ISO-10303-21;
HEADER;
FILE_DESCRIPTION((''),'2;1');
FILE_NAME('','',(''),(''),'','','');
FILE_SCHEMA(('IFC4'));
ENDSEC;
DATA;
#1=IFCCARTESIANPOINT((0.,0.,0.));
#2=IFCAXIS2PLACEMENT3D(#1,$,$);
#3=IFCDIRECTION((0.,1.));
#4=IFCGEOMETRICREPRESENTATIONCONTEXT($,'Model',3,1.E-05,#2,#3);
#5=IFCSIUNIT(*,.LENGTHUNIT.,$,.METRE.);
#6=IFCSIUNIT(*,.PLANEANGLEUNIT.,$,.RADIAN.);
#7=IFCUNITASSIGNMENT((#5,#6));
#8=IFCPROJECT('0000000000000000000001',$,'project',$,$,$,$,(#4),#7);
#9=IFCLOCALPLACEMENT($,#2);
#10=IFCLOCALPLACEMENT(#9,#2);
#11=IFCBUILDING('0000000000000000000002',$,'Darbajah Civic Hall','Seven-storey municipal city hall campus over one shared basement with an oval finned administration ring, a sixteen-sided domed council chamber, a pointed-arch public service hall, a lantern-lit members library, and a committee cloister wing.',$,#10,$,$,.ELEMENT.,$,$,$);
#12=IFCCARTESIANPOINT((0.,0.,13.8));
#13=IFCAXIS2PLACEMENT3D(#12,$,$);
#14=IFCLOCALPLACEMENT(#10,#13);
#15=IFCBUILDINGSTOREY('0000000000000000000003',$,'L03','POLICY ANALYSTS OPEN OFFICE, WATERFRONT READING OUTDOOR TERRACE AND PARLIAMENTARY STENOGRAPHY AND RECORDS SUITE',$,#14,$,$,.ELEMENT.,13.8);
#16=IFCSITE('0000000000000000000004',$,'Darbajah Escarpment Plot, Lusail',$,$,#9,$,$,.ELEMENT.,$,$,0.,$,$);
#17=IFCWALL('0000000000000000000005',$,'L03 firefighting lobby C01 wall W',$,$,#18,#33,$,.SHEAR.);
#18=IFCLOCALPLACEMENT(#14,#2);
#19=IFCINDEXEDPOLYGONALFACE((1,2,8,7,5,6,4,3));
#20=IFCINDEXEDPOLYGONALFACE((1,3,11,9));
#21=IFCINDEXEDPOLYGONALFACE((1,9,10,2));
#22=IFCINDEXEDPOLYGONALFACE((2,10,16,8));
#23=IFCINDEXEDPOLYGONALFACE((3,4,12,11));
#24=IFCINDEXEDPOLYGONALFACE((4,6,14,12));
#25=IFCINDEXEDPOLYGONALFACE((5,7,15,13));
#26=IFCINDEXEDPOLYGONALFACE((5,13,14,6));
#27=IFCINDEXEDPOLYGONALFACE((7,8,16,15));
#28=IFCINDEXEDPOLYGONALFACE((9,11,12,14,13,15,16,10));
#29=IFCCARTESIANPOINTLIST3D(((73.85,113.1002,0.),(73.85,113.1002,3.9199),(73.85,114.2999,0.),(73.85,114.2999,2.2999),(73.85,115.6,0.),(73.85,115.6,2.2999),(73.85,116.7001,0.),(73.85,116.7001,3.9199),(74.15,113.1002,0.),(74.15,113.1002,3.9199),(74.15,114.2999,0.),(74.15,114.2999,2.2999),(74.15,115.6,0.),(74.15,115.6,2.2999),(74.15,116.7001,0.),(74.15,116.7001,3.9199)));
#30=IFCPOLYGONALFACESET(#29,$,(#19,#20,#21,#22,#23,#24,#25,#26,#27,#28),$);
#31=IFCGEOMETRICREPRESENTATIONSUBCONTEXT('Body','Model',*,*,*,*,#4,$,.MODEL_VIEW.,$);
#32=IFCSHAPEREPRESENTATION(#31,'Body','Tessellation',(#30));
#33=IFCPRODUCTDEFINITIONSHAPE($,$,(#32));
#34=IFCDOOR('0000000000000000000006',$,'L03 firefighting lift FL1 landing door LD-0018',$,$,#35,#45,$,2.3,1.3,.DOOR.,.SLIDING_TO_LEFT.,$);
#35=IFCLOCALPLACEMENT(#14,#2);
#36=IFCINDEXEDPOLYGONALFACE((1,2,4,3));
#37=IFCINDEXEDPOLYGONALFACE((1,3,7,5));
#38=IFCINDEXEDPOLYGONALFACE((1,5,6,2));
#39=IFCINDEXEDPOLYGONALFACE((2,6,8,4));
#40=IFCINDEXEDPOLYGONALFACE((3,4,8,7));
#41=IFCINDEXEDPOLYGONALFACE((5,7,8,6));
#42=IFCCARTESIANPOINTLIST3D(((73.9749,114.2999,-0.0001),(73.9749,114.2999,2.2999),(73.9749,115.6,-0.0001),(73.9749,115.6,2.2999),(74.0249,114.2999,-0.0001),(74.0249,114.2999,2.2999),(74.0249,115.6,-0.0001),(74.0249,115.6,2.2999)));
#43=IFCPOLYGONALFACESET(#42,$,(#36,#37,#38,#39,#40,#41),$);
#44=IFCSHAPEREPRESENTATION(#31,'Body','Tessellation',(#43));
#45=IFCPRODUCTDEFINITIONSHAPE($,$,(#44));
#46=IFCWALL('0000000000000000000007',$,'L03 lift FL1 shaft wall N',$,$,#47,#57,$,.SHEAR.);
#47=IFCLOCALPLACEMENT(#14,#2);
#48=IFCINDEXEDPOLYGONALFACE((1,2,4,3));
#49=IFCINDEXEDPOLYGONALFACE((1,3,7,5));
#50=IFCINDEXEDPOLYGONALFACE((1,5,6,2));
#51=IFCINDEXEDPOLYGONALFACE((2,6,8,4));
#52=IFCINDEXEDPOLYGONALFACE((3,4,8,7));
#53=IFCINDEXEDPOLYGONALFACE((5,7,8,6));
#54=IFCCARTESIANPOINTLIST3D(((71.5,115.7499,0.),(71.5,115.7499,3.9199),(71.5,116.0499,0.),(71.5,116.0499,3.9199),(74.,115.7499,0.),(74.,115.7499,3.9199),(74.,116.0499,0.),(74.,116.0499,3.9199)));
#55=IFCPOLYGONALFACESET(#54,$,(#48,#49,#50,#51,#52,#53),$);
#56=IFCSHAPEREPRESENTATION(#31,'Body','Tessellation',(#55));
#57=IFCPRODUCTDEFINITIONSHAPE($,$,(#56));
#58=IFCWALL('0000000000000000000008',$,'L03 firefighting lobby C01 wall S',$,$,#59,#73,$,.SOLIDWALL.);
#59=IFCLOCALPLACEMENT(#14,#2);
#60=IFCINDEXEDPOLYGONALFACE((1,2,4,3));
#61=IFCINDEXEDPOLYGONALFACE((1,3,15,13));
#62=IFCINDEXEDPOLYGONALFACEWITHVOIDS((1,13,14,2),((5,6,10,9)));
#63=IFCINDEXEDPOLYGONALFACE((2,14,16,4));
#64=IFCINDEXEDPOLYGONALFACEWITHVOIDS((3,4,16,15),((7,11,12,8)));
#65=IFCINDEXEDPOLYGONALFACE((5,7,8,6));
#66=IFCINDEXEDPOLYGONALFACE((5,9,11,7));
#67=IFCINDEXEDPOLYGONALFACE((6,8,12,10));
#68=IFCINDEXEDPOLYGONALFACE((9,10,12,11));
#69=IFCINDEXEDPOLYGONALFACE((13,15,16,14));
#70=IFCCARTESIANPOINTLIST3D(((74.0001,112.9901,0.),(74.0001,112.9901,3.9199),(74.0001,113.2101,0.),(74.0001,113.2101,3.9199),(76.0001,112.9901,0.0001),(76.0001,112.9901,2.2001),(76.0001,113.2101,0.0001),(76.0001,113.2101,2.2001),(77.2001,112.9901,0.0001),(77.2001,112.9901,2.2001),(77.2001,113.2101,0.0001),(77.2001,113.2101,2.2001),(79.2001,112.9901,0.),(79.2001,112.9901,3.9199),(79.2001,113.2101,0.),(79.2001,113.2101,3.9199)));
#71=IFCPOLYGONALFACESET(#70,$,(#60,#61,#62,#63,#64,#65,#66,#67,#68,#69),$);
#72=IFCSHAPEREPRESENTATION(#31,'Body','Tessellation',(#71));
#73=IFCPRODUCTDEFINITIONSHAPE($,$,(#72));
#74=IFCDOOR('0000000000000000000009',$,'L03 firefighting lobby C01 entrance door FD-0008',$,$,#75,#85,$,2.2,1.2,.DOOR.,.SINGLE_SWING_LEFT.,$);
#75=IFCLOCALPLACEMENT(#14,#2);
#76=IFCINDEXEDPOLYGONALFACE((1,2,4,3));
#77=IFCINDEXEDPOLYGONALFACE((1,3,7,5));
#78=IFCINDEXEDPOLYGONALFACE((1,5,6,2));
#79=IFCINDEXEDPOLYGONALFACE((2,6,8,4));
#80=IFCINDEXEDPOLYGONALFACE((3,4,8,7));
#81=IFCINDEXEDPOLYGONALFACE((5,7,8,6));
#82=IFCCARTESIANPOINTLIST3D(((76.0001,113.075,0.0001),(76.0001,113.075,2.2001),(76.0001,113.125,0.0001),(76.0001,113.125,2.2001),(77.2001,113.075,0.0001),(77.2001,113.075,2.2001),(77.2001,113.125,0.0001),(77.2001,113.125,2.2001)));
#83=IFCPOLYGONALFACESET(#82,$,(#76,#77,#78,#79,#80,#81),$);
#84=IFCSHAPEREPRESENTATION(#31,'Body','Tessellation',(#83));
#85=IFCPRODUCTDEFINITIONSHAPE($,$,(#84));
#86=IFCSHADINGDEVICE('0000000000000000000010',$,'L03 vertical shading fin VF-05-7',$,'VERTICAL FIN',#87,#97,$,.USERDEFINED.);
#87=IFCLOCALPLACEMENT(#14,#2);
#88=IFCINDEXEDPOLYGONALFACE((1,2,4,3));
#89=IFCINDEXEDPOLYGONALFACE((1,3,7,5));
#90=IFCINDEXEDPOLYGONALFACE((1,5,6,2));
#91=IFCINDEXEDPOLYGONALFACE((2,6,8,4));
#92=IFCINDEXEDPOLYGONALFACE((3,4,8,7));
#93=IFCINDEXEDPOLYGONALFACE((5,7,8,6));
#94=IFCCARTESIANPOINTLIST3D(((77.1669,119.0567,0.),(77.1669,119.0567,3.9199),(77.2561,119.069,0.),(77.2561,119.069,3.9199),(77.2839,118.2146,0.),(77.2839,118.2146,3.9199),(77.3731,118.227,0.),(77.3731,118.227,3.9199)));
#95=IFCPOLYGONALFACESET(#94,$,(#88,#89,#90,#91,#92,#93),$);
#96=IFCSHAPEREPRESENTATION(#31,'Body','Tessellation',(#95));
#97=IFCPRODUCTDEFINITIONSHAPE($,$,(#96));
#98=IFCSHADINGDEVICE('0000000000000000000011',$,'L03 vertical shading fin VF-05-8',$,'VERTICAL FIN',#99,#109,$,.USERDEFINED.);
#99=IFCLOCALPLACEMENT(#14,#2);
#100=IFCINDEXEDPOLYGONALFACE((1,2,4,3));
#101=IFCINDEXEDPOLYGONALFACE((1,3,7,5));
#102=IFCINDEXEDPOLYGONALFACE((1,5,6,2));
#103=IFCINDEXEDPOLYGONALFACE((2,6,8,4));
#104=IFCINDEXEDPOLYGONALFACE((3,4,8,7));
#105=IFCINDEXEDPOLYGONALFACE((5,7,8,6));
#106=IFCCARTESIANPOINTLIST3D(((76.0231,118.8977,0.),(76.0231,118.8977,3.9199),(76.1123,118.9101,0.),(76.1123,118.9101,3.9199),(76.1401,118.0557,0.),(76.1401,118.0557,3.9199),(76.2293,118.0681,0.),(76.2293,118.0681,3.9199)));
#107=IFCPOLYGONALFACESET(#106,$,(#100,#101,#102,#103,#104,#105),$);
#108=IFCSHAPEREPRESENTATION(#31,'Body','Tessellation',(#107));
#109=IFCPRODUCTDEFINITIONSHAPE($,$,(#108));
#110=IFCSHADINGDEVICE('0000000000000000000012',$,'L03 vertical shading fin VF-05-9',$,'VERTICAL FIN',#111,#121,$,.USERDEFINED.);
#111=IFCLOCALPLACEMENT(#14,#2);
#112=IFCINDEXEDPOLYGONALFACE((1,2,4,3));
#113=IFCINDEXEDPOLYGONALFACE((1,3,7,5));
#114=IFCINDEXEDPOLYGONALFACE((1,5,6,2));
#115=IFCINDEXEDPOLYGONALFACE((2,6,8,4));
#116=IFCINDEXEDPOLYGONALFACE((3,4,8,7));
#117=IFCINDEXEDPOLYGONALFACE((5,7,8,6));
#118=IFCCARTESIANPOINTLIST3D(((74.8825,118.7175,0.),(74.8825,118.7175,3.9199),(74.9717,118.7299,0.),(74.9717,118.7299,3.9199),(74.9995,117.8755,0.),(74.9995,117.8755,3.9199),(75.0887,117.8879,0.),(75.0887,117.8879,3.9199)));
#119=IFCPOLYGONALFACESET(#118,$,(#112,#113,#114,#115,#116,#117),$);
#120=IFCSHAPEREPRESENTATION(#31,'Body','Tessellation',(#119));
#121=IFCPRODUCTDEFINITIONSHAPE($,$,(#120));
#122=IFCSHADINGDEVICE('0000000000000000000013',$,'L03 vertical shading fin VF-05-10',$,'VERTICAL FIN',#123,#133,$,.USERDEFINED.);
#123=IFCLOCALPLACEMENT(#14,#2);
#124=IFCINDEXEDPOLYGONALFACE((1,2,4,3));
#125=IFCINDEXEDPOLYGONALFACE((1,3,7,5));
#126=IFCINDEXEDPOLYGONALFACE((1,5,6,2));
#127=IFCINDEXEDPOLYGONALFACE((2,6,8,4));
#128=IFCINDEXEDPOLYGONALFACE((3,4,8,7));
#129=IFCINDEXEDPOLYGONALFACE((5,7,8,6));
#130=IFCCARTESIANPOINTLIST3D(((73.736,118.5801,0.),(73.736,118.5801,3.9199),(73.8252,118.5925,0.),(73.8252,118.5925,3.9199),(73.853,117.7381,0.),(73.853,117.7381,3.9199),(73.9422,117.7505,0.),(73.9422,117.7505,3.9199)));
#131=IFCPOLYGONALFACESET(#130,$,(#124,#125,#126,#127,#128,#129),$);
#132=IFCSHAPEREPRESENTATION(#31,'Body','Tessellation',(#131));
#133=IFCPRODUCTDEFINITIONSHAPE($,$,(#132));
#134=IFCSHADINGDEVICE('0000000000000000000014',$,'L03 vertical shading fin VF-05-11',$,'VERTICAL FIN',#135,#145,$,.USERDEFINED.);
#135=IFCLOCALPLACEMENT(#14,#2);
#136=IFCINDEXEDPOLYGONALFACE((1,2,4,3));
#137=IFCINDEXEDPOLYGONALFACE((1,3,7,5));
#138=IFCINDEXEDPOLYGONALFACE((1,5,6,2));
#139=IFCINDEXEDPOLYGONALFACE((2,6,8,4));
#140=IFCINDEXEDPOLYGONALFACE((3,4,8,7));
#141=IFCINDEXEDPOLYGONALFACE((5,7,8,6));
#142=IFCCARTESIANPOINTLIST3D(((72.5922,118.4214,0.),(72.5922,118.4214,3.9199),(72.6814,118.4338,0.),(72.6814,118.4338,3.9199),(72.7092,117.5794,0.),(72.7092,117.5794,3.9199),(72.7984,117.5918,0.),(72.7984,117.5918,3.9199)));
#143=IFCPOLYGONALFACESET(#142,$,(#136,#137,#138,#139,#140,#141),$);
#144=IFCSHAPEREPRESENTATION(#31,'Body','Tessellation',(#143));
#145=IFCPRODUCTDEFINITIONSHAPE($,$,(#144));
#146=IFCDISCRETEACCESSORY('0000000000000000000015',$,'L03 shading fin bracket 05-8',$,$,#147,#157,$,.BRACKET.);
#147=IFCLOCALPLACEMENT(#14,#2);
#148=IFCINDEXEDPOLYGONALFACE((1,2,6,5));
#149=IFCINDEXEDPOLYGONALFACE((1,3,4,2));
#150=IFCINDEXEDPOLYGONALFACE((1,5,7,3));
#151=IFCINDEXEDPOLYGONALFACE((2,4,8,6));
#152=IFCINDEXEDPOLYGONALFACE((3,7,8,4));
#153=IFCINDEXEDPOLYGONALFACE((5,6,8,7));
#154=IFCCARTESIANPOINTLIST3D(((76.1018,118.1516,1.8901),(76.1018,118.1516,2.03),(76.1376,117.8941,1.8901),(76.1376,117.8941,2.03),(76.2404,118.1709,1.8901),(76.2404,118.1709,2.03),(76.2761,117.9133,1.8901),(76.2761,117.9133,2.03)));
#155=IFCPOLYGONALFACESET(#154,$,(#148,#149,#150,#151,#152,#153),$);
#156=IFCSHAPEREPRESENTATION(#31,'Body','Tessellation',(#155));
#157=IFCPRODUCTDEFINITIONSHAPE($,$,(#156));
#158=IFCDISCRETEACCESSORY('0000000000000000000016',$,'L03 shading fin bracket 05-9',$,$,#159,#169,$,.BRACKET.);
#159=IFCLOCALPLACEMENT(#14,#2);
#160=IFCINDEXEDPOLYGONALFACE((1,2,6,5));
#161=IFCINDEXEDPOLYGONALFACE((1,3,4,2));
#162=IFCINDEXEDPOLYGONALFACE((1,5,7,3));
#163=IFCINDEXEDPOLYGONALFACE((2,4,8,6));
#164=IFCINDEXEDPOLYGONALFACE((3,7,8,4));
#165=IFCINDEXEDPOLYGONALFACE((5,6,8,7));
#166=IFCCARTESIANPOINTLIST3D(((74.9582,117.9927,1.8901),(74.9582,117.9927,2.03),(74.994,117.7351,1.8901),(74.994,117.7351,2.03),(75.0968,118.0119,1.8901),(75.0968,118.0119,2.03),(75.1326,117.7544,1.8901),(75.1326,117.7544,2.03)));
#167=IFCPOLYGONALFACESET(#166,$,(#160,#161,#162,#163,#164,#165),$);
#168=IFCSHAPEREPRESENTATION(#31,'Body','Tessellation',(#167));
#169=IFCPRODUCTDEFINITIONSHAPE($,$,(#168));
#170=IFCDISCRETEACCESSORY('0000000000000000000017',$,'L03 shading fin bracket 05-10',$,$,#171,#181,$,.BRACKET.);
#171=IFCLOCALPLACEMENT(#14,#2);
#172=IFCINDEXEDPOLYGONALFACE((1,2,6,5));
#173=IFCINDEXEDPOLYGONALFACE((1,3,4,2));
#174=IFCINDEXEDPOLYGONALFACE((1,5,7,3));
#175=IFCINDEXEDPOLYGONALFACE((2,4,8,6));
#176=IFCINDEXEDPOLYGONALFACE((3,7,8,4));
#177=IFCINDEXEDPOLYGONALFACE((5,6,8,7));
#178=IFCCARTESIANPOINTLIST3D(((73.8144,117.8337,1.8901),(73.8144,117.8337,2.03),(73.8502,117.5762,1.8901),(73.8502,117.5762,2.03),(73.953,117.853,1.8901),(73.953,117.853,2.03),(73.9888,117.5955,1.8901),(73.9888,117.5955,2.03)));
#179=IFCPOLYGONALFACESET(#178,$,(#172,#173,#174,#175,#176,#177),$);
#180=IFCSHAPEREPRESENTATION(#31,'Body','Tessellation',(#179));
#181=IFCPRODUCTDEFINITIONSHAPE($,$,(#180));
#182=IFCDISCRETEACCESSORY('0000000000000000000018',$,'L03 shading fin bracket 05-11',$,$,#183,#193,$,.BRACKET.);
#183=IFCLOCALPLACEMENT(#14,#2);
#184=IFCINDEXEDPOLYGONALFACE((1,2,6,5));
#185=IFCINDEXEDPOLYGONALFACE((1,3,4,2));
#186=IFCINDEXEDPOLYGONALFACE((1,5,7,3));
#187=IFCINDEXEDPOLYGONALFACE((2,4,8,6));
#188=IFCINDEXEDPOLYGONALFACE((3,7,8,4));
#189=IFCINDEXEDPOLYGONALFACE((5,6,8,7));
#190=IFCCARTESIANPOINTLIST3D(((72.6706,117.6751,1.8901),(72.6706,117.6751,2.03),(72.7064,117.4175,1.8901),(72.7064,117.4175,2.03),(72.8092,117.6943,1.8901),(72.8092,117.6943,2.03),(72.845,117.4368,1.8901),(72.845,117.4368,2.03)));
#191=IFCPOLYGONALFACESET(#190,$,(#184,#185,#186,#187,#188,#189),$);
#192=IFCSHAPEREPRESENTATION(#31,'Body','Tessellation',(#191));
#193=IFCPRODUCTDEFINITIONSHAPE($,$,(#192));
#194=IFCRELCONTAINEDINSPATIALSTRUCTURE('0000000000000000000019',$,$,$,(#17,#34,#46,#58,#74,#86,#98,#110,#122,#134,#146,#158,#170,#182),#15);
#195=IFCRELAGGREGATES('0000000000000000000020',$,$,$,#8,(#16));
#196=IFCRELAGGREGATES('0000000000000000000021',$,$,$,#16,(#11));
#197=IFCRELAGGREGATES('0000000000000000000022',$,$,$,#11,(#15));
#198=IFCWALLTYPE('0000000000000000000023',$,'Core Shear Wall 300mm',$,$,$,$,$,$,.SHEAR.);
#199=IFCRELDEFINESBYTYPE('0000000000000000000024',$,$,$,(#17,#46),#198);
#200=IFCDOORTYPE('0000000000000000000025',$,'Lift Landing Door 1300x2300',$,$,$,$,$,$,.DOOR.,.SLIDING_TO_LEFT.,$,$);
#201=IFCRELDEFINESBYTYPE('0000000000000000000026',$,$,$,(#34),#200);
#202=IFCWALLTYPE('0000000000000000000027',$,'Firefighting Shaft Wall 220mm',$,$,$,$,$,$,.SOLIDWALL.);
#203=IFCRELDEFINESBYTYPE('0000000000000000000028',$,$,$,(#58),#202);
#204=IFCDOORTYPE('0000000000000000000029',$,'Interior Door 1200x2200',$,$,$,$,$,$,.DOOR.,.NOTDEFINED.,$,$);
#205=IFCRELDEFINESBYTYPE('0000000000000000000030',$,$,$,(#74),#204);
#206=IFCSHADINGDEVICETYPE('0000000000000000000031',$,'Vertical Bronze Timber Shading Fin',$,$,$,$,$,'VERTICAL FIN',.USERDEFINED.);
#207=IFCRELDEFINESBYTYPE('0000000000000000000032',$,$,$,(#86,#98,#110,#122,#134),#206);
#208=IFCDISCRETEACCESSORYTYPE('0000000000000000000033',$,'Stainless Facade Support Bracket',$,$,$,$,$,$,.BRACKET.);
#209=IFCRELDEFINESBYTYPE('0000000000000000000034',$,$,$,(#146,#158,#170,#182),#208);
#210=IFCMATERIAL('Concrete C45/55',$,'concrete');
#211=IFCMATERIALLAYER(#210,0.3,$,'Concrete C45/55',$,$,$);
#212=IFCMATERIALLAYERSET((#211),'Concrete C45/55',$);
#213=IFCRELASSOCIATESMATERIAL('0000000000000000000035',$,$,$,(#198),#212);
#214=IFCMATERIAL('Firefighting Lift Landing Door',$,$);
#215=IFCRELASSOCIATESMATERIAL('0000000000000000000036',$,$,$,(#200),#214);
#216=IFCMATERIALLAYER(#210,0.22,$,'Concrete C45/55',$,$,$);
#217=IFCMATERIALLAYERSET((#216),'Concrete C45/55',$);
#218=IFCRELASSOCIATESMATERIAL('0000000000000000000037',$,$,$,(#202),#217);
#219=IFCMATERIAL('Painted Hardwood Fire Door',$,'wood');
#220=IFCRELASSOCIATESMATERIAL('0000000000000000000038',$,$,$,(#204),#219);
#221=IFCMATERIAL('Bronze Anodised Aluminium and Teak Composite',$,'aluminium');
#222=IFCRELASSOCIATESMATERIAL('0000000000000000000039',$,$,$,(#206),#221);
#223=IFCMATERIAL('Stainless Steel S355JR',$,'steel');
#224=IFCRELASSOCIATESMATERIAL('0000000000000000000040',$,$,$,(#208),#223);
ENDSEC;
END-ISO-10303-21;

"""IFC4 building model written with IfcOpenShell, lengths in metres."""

from ifc_helpers import new_model, si_unit, direction, frame, frame_2d, origin, origin_2d, place, context, subcontext, project, spatial, rectangle, extrude, material, layer, layer_set, type_object, element, fill, save


model = new_model("IFC4")

# Units and contexts
model_context = context("Model", 3, precision=1e-05, world=origin(), true_north=direction((0.0, 1.0)))
body_context = subcontext(model_context, "Body", "Model", "MODEL_VIEW")
ifc_project = project(units=[si_unit("LENGTHUNIT", "METRE"), si_unit("PLANEANGLEUNIT", "RADIAN")], contexts=[model_context])

# Site, building, storey
site_placement = place(None, origin())
site = spatial("IfcSite", under=ifc_project, at=site_placement, Name="Darbajah Escarpment Plot, Lusail", CompositionType="ELEMENT", RefElevation=0.0)
building_placement = place(site_placement, origin())
building = spatial("IfcBuilding", under=site, at=building_placement, Name="Darbajah Civic Hall", Description="Seven-storey municipal city hall campus over one shared basement with an oval finned administration ring, a sixteen-sided domed council chamber, a pointed-arch public service hall, a lantern-lit members library, and a committee cloister wing.", CompositionType="ELEMENT")
storey_placement = place(building_placement, frame((0.0, 0.0, 13.8)))
storey = spatial("IfcBuildingStorey", under=building, at=storey_placement, Name="L03", Description="POLICY ANALYSTS OPEN OFFICE, WATERFRONT READING OUTDOOR TERRACE AND PARLIAMENTARY STENOGRAPHY AND RECORDS SUITE", CompositionType="ELEMENT", Elevation=13.8)

# Shared definitions
ifc_material_1 = material(Name="Concrete C45/55", Category="concrete")

# Wall, opening, door
ifc_layer_1 = layer(ifc_material_1, 0.3, Name="Concrete C45/55")
ifc_layer_set_1 = layer_set([ifc_layer_1], Name="Concrete C45/55")
wall_type_1 = type_object("IfcWallType", Name="Core Shear Wall 300mm", PredefinedType="SHEAR", material=ifc_layer_set_1)
wall_1_placement = place(storey_placement, frame((74.0, 116.7, 0.0), z_axis=(0.0, 0.0, 1.0), x_axis=(0.0, -1.0, 0.0)))
wall_1 = element("IfcWall", 1, at=wall_1_placement, inside=storey, type_object=wall_type_1, Name="L03 firefighting lobby C01 wall W", PredefinedType="SHEAR", context=body_context, shape_type="SweptSolid", body=[
    extrude(rectangle(XDim=3.5999, YDim=0.3, at=frame_2d((1.7998, 0.0))), origin(), (0.0, 0.0, 1.0), 3.9199),
])
opening_1_placement = place(wall_1_placement, frame((1.1001, 0.0, 0.0)))
opening_1 = element("IfcOpeningElement", 2, at=opening_1_placement, cuts=wall_1, PredefinedType="OPENING", context=body_context, shape_type="SweptSolid", body=[
    extrude(rectangle(XDim=1.3, YDim=2.3, at=frame_2d((0.6499, 1.1499))), frame((0.0, 0.1599, 0.0), z_axis=(0.0, -1.0, 0.0), x_axis=(1.0, 0.0, 0.0)), (0.0, 0.0, 1.0), 0.3201),
])
ifc_material_2 = material(Name="Firefighting Lift Landing Door")
door_type_1 = type_object("IfcDoorType", Name="Lift Landing Door 1300x2300", OperationType="SLIDING_TO_LEFT", PredefinedType="DOOR", material=ifc_material_2)
door_1_placement = place(opening_1_placement, origin())
door_1 = element("IfcDoor", 3, at=door_1_placement, inside=storey, type_object=door_type_1, Name="L03 firefighting lift FL1 landing door LD-0018", OperationType="SLIDING_TO_LEFT", OverallHeight=2.3, OverallWidth=1.3, PredefinedType="DOOR", context=body_context, shape_type="SweptSolid", body=[
    extrude(rectangle(XDim=1.3, YDim=2.3, at=frame_2d((0.6499, 1.1499))), frame((0.0, 0.0249, 0.0), z_axis=(0.0, -1.0, 0.0), x_axis=(1.0, 0.0, 0.0)), (0.0, 0.0, 1.0), 0.05),
])
fill(opening_1, door_1)

# Wall
wall_2_placement = place(storey_placement, frame((74.0, 115.8999, 0.0), z_axis=(0.0, 0.0, 1.0), x_axis=(-1.0, 0.0, 0.0)))
element("IfcWall", 4, at=wall_2_placement, inside=storey, type_object=wall_type_1, Name="L03 lift FL1 shaft wall N", PredefinedType="SHEAR", context=body_context, shape_type="SweptSolid", body=[
    extrude(rectangle(XDim=2.5, YDim=0.3, at=frame_2d((1.25, 0.0))), origin(), (0.0, 0.0, 1.0), 3.9199),
])

# Wall, opening, door
ifc_layer_2 = layer(ifc_material_1, 0.22, Name="Concrete C45/55")
ifc_layer_set_2 = layer_set([ifc_layer_2], Name="Concrete C45/55")
wall_type_2 = type_object("IfcWallType", Name="Firefighting Shaft Wall 220mm", PredefinedType="SOLIDWALL", material=ifc_layer_set_2)
wall_3_placement = place(storey_placement, frame((74.0, 113.1001, 0.0), z_axis=(0.0, 0.0, 1.0), x_axis=(1.0, 0.0, 0.0)))
wall_3 = element("IfcWall", 5, at=wall_3_placement, inside=storey, type_object=wall_type_2, Name="L03 firefighting lobby C01 wall S", PredefinedType="SOLIDWALL", context=body_context, shape_type="SweptSolid", body=[
    extrude(rectangle(XDim=5.2, YDim=0.22, at=frame_2d((2.6001, 0.0))), origin(), (0.0, 0.0, 1.0), 3.9199),
])
opening_2_placement = place(wall_3_placement, frame((2.0, 0.0, 0.0)))
opening_2 = element("IfcOpeningElement", 6, at=opening_2_placement, cuts=wall_3, PredefinedType="OPENING", context=body_context, shape_type="SweptSolid", body=[
    extrude(rectangle(XDim=1.2, YDim=2.2, at=frame_2d((0.6001, 1.1001))), frame((0.0, 0.1199, 0.0), z_axis=(0.0, -1.0, 0.0), x_axis=(1.0, 0.0, 0.0)), (0.0, 0.0, 1.0), 0.24),
])
ifc_material_3 = material(Name="Painted Hardwood Fire Door", Category="wood")
door_type_2 = type_object("IfcDoorType", Name="Interior Door 1200x2200", OperationType="NOTDEFINED", PredefinedType="DOOR", material=ifc_material_3)
door_2_placement = place(opening_2_placement, origin())
door_2 = element("IfcDoor", 7, at=door_2_placement, inside=storey, type_object=door_type_2, Name="L03 firefighting lobby C01 entrance door FD-0008", OperationType="SINGLE_SWING_LEFT", OverallHeight=2.2, OverallWidth=1.2, PredefinedType="DOOR", context=body_context, shape_type="SweptSolid", body=[
    extrude(rectangle(XDim=1.2, YDim=2.2, at=frame_2d((0.6001, 1.1001))), frame((0.0, 0.0249, 0.0), z_axis=(0.0, -1.0, 0.0), x_axis=(1.0, 0.0, 0.0)), (0.0, 0.0, 1.0), 0.05),
])
fill(opening_2, door_2)

# Shading devices
ifc_material_4 = material(Name="Bronze Anodised Aluminium and Teak Composite", Category="aluminium")
shading_device_type = type_object("IfcShadingDeviceType", Name="Vertical Bronze Timber Shading Fin", ElementType="VERTICAL FIN", PredefinedType="USERDEFINED", material=ifc_material_4)
for number, where, z_axis, x_axis, name in (
    (8, (77.27, 118.6418, 0.0), (0.0, 0.0, 1.0), (-0.137617, 0.990485, 0.0), "L03 vertical shading fin VF-05-7"),
    (9, (76.1262, 118.4829, 0.0), (0.0, 0.0, 1.0), (-0.137617, 0.990485, 0.0), "L03 vertical shading fin VF-05-8"),
    (10, (74.9856, 118.3027, 0.0), (0.0, 0.0, 1.0), (-0.137617, 0.990485, 0.0), "L03 vertical shading fin VF-05-9"),
    (11, (73.8391, 118.1653, 0.0), (0.0, 0.0, 1.0), (-0.137617, 0.990485, 0.0), "L03 vertical shading fin VF-05-10"),
    (12, (72.6953, 118.0066, 0.0), (0.0, 0.0, 1.0), (-0.137617, 0.990485, 0.0), "L03 vertical shading fin VF-05-11"),
):
    element("IfcShadingDevice", number, at=place(storey_placement, frame(where, z_axis=z_axis, x_axis=x_axis)), inside=storey, type_object=shading_device_type, Name=name, ObjectType="VERTICAL FIN", PredefinedType="USERDEFINED", context=body_context, shape_type="SweptSolid", body=[
        extrude(rectangle(XDim=0.8501, YDim=0.0901, at=origin_2d()), origin(), (0.0, 0.0, 1.0), 3.9199),
    ])

# Discrete accessories
ifc_material_5 = material(Name="Stainless Steel S355JR", Category="steel")
discrete_accessory_type = type_object("IfcDiscreteAccessoryType", Name="Stainless Facade Support Bracket", PredefinedType="BRACKET", material=ifc_material_5)
for number, where, z_axis, x_axis, name in (
    (13, (76.189, 118.0325, 1.8901), (0.0, 0.0, 1.0), (-0.137617, 0.990485, 0.0), "L03 shading fin bracket 05-8"),
    (14, (75.0454, 117.8735, 1.8901), (0.0, 0.0, 1.0), (-0.137617, 0.990485, 0.0), "L03 shading fin bracket 05-9"),
    (15, (73.9016, 117.7146, 1.8901), (0.0, 0.0, 1.0), (-0.137617, 0.990485, 0.0), "L03 shading fin bracket 05-10"),
    (16, (72.7578, 117.5559, 1.8901), (0.0, 0.0, 1.0), (-0.137617, 0.990485, 0.0), "L03 shading fin bracket 05-11"),
):
    element("IfcDiscreteAccessory", number, at=place(storey_placement, frame(where, z_axis=z_axis, x_axis=x_axis)), inside=storey, type_object=discrete_accessory_type, Name=name, PredefinedType="BRACKET", context=body_context, shape_type="SweptSolid", body=[
        extrude(rectangle(XDim=0.26, YDim=0.1399, at=origin_2d()), origin(), (0.0, 0.0, 1.0), 0.1399),
    ])

save(model, "model.ifc")
